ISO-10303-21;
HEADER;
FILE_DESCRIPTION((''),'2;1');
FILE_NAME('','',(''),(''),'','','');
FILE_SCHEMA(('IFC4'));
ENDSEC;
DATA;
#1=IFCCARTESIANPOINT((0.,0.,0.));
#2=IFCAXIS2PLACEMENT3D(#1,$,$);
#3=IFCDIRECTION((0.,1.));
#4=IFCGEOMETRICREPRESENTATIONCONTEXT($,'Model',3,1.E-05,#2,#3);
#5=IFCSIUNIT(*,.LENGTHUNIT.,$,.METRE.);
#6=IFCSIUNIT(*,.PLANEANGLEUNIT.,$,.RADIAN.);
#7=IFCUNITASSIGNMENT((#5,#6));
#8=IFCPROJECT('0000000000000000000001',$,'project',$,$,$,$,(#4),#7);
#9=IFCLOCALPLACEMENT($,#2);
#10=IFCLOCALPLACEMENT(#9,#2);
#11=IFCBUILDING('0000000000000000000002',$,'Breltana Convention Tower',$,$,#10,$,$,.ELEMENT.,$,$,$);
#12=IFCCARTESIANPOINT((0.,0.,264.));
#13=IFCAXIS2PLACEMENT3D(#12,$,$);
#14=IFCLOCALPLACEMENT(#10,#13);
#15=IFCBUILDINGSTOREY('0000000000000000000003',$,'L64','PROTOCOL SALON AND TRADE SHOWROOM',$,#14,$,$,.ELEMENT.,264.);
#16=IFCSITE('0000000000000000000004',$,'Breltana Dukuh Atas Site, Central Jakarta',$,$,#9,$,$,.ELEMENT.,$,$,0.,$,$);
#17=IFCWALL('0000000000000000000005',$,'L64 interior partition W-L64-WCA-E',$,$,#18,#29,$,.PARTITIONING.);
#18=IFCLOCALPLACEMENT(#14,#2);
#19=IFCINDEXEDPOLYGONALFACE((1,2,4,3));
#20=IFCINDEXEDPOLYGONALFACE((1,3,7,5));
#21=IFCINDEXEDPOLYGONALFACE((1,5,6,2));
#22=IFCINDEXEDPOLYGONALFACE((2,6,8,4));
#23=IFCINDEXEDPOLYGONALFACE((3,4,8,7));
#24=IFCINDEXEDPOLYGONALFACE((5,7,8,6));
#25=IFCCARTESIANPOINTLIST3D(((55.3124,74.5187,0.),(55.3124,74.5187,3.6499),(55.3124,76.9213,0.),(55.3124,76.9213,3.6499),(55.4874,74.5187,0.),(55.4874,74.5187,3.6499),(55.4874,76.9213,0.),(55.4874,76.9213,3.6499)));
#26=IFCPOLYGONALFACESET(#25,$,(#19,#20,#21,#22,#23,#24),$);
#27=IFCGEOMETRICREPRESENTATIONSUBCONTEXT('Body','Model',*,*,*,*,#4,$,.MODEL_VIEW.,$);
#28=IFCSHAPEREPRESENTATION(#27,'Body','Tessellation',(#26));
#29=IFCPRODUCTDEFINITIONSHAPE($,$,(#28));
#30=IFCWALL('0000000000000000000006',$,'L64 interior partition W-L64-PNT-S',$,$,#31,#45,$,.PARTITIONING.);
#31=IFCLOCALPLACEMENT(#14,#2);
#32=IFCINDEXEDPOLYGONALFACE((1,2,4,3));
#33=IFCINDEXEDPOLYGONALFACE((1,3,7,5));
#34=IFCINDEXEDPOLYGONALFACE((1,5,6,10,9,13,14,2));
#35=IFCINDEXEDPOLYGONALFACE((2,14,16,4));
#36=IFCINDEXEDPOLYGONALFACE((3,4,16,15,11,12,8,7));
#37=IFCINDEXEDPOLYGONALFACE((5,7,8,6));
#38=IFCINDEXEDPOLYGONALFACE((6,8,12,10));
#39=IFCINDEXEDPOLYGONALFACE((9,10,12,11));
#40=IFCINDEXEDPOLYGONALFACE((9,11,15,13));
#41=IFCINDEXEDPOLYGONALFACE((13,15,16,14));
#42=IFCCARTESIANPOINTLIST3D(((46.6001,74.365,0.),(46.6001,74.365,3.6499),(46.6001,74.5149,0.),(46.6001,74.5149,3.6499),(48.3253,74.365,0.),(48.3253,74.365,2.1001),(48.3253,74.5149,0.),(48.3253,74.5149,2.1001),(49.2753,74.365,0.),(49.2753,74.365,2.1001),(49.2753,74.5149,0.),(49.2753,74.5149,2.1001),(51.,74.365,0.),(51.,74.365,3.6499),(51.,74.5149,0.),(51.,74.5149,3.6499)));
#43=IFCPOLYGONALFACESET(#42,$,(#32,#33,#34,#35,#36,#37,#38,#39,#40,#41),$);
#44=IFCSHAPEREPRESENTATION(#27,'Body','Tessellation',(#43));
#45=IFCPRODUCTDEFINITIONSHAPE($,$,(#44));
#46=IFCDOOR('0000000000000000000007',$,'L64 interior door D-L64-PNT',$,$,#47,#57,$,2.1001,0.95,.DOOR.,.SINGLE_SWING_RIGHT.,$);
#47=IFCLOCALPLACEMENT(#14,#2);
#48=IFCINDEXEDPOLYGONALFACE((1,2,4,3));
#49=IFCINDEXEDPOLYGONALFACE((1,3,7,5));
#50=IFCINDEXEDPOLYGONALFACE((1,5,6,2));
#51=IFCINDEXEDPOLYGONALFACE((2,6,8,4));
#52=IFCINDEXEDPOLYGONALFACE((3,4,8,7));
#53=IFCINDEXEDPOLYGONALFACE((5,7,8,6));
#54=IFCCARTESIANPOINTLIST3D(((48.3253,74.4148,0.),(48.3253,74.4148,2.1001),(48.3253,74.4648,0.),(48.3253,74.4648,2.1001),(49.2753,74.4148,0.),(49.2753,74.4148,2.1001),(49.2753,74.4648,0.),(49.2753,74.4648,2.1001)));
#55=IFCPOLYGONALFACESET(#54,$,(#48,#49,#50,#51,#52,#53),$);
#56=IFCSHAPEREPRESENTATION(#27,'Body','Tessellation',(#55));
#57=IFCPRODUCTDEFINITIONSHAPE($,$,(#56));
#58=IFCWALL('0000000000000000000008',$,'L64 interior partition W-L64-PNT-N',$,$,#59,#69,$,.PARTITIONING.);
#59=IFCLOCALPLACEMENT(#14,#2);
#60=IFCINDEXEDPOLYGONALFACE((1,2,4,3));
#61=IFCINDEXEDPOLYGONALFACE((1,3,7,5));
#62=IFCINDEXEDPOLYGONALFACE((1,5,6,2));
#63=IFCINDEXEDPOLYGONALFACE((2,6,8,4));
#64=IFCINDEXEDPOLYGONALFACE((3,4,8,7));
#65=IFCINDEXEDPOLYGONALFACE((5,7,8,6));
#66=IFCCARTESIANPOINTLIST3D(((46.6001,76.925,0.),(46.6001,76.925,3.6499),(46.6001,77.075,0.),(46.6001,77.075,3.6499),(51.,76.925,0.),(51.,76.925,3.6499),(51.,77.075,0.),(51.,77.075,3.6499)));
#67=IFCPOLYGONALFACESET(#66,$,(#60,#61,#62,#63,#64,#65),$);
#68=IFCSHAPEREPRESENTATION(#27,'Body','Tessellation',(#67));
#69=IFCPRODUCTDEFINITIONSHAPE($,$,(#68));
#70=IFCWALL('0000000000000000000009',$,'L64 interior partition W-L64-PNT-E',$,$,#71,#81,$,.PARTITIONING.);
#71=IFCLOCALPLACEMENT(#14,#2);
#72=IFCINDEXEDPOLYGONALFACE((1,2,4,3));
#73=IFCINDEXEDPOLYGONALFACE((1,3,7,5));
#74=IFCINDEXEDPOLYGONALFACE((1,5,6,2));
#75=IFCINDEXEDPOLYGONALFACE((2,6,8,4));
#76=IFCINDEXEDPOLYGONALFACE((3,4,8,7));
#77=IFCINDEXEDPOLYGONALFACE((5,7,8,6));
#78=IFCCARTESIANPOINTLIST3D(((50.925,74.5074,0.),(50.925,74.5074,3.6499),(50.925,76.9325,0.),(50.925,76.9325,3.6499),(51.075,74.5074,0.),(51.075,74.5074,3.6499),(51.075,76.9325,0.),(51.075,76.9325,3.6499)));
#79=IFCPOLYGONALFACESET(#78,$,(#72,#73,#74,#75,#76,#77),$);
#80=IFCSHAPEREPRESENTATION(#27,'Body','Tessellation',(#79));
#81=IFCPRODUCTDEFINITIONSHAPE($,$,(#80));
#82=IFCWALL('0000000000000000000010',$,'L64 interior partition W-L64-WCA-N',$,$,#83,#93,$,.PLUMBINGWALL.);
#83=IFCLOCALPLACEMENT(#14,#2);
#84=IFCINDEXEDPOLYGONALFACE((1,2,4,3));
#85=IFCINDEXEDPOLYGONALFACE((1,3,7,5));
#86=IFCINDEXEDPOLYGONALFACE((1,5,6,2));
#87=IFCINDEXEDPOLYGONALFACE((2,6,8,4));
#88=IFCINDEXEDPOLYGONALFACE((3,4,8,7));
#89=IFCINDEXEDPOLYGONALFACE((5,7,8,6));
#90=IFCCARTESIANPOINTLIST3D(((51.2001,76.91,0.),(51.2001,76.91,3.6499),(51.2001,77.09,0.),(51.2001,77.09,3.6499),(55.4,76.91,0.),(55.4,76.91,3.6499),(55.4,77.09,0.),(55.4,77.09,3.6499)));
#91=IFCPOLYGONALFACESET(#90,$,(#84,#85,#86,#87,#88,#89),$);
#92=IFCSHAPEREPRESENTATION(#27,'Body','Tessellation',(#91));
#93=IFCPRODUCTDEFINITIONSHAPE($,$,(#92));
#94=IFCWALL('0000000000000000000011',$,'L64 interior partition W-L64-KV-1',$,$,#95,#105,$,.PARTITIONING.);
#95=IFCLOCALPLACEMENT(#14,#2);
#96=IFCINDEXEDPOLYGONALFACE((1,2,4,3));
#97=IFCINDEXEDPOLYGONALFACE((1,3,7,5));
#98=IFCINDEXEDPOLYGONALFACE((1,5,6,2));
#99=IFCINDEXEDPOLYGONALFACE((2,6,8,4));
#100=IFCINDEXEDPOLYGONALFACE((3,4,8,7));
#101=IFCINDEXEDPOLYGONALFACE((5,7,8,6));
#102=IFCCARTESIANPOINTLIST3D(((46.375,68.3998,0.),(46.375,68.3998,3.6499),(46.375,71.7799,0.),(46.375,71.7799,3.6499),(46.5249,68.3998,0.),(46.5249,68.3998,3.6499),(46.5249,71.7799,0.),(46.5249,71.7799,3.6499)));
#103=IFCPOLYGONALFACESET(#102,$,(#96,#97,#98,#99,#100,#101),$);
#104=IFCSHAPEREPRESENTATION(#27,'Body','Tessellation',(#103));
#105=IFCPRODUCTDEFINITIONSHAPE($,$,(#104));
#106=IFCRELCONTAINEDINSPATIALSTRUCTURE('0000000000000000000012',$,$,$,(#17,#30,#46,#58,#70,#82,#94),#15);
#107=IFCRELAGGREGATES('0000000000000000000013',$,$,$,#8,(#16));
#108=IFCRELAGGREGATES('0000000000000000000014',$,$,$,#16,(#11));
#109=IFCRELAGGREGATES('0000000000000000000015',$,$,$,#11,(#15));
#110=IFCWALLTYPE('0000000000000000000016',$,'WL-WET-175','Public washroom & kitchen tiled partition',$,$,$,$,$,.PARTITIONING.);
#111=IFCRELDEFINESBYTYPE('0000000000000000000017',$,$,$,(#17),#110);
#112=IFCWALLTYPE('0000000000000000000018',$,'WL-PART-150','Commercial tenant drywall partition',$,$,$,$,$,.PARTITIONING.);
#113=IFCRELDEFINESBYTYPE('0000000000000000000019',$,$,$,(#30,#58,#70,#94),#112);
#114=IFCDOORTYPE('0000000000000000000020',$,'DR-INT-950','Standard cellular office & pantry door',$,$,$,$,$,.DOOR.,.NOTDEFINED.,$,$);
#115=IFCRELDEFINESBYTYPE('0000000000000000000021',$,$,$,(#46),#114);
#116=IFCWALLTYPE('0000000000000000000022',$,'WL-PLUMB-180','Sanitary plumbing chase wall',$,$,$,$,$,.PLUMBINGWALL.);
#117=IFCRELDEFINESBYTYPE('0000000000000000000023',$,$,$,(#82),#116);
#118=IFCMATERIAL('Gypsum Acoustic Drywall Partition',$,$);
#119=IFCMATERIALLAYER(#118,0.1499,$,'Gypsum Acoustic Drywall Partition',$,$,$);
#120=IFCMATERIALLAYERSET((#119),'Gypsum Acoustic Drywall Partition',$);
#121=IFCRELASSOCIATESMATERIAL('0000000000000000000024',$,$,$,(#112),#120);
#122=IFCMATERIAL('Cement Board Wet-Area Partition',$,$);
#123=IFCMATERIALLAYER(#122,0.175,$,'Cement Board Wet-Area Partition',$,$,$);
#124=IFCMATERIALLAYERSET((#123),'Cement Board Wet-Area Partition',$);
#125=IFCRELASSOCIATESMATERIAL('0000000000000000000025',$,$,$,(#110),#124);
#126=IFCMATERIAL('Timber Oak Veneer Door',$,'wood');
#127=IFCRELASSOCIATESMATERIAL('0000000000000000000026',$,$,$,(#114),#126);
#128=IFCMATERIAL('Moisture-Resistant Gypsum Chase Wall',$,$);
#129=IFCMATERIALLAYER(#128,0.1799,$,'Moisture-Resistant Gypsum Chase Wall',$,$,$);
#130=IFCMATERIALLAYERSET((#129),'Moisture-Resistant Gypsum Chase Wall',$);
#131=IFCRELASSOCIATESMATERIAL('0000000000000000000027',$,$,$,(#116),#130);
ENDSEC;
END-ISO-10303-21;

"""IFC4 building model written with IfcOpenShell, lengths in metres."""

from ifc_helpers import new_model, si_unit, direction, frame, frame_2d, origin, place, context, subcontext, project, spatial, rectangle, extrude, source, transform, mapped, material, layer, layer_set, type_object, type_shapes, element, fill, save


model = new_model("IFC4")

# Units and contexts
model_context = context("Model", 3, precision=1e-05, world=origin(), true_north=direction((0.0, 1.0)))
body_context = subcontext(model_context, "Body", "Model", "MODEL_VIEW")
ifc_project = project(units=[si_unit("LENGTHUNIT", "METRE"), si_unit("PLANEANGLEUNIT", "RADIAN")], contexts=[model_context])

# Site, building, storey
site_placement = place(None, origin())
site = spatial("IfcSite", under=ifc_project, at=site_placement, Name="Breltana Dukuh Atas Site, Central Jakarta", CompositionType="ELEMENT", RefElevation=0.0)
building_placement = place(site_placement, origin())
building = spatial("IfcBuilding", under=site, at=building_placement, Name="Breltana Convention Tower", CompositionType="ELEMENT")
storey_placement = place(building_placement, frame((0.0, 0.0, 264.0)))
storey = spatial("IfcBuildingStorey", under=building, at=storey_placement, Name="L64", Description="PROTOCOL SALON AND TRADE SHOWROOM", CompositionType="ELEMENT", Elevation=264.0)

# Wall
ifc_material_1 = material(Name="Gypsum Acoustic Drywall Partition")
ifc_layer_1 = layer(ifc_material_1, 0.1499, Name="Gypsum Acoustic Drywall Partition")
ifc_layer_set_1 = layer_set([ifc_layer_1], Name="Gypsum Acoustic Drywall Partition")
wall_type_1 = type_object("IfcWallType", Name="WL-PART-150", Description="Commercial tenant drywall partition", PredefinedType="PARTITIONING", material=ifc_layer_set_1)
ifc_material_2 = material(Name="Cement Board Wet-Area Partition")
ifc_layer_2 = layer(ifc_material_2, 0.175, Name="Cement Board Wet-Area Partition")
ifc_layer_set_2 = layer_set([ifc_layer_2], Name="Cement Board Wet-Area Partition")
wall_type_2 = type_object("IfcWallType", Name="WL-WET-175", Description="Public washroom & kitchen tiled partition", PredefinedType="PARTITIONING", material=ifc_layer_set_2)
shared_shape_1 = source(origin(), body_context, "Body", "SweptSolid", [
    extrude(rectangle(XDim=2.4026, YDim=0.175, at=frame_2d((1.2012, 0.0))), origin(), (0.0, 0.0, 1.0), 3.6499),
])
for number, where, z_axis, x_axis, name in (
    (1, (55.3999, 74.5188, 0.0), (0.0, 0.0, 1.0), (0.0, 1.0, 0.0), "L64 interior partition W-L64-WCA-E"),
):
    element("IfcWall", number, at=place(storey_placement, frame(where, z_axis=z_axis, x_axis=x_axis)), inside=storey, type_object=wall_type_2, Name=name, PredefinedType="PARTITIONING", context=body_context, shape_type="MappedRepresentation", body=[
        mapped(shared_shape_1, transform((0.0, 0.0, 0.0), scale=1.0)),
    ])

# Wall, opening, door
shared_shape_2 = source(origin(), body_context, "Body", "SweptSolid", [
    extrude(rectangle(XDim=4.3999, YDim=0.1499, at=frame_2d((2.2, 0.0))), origin(), (0.0, 0.0, 1.0), 3.6499),
])
wall_1_placement = place(storey_placement, frame((46.6001, 74.4399, 0.0), z_axis=(0.0, 0.0, 1.0), x_axis=(1.0, 0.0, 0.0)))
wall_1 = element("IfcWall", 2, at=wall_1_placement, inside=storey, type_object=wall_type_1, Name="L64 interior partition W-L64-PNT-S", PredefinedType="PARTITIONING", context=body_context, shape_type="MappedRepresentation", body=[
    mapped(shared_shape_2, transform((0.0, 0.0, 0.0), scale=1.0)),
])
opening_1_placement = place(wall_1_placement, frame((1.7251, 0.0, 0.0)))
opening_1 = element("IfcOpeningElement", 3, at=opening_1_placement, cuts=wall_1, PredefinedType="OPENING", context=body_context, shape_type="SweptSolid", body=[
    extrude(rectangle(XDim=0.95, YDim=2.1001, at=frame_2d((0.4751, 1.05))), frame((0.0, 0.085, 0.0), z_axis=(0.0, -1.0, 0.0), x_axis=(1.0, 0.0, 0.0)), (0.0, 0.0, 1.0), 0.1699),
])
ifc_material_3 = material(Name="Timber Oak Veneer Door", Category="wood")
door_type_1 = type_object("IfcDoorType", Name="DR-INT-950", Description="Standard cellular office & pantry door", OperationType="NOTDEFINED", PredefinedType="DOOR", material=ifc_material_3)
shared_shape_3 = source(origin(), body_context, "Body", "SweptSolid", [
    extrude(rectangle(XDim=0.95, YDim=2.1001, at=frame_2d((0.4751, 1.05))), frame((0.0, 0.0249, 0.0), z_axis=(0.0, -1.0, 0.0), x_axis=(1.0, 0.0, 0.0)), (0.0, 0.0, 1.0), 0.05),
])
type_shapes(door_type_1, [shared_shape_3])
door_1_placement = place(opening_1_placement, origin())
door_1 = element("IfcDoor", 4, at=door_1_placement, inside=storey, type_object=door_type_1, Name="L64 interior door D-L64-PNT", OperationType="SINGLE_SWING_RIGHT", OverallHeight=2.1001, OverallWidth=0.95, PredefinedType="DOOR", context=body_context, shape_type="MappedRepresentation", body=[
    mapped(shared_shape_3, transform((0.0, 0.0, 0.0), scale=1.0)),
])
fill(opening_1, door_1)

# Walls
wall_2_placement = place(storey_placement, frame((46.6001, 77.0, 0.0), z_axis=(0.0, 0.0, 1.0), x_axis=(1.0, 0.0, 0.0)))
element("IfcWall", 5, at=wall_2_placement, inside=storey, type_object=wall_type_1, Name="L64 interior partition W-L64-PNT-N", PredefinedType="PARTITIONING", context=body_context, shape_type="MappedRepresentation", body=[
    mapped(shared_shape_2, transform((0.0, 0.0, 0.0), scale=1.0)),
])
shared_shape_4 = source(origin(), body_context, "Body", "SweptSolid", [
    extrude(rectangle(XDim=2.425, YDim=0.1499, at=frame_2d((1.2124, 0.0))), origin(), (0.0, 0.0, 1.0), 3.6499),
])
wall_3_placement = place(storey_placement, frame((51.0, 74.5076, 0.0), z_axis=(0.0, 0.0, 1.0), x_axis=(0.0, 1.0, 0.0)))
element("IfcWall", 6, at=wall_3_placement, inside=storey, type_object=wall_type_1, Name="L64 interior partition W-L64-PNT-E", PredefinedType="PARTITIONING", context=body_context, shape_type="MappedRepresentation", body=[
    mapped(shared_shape_4, transform((0.0, 0.0, 0.0), scale=1.0)),
])

# Walls
ifc_material_4 = material(Name="Moisture-Resistant Gypsum Chase Wall")
ifc_layer_3 = layer(ifc_material_4, 0.1799, Name="Moisture-Resistant Gypsum Chase Wall")
ifc_layer_set_3 = layer_set([ifc_layer_3], Name="Moisture-Resistant Gypsum Chase Wall")
wall_type_3 = type_object("IfcWallType", Name="WL-PLUMB-180", Description="Sanitary plumbing chase wall", PredefinedType="PLUMBINGWALL", material=ifc_layer_set_3)
shared_shape_5 = source(origin(), body_context, "Body", "SweptSolid", [
    extrude(rectangle(XDim=4.2, YDim=0.1799, at=frame_2d((2.1001, 0.0))), origin(), (0.0, 0.0, 1.0), 3.6499),
])
wall_4_placement = place(storey_placement, frame((51.2, 77.0, 0.0), z_axis=(0.0, 0.0, 1.0), x_axis=(1.0, 0.0, 0.0)))
element("IfcWall", 7, at=wall_4_placement, inside=storey, type_object=wall_type_3, Name="L64 interior partition W-L64-WCA-N", PredefinedType="PLUMBINGWALL", context=body_context, shape_type="MappedRepresentation", body=[
    mapped(shared_shape_5, transform((0.0, 0.0, 0.0), scale=1.0)),
])
shared_shape_6 = source(origin(), body_context, "Body", "SweptSolid", [
    extrude(rectangle(XDim=3.3801, YDim=0.1499, at=frame_2d((1.6899, 0.0))), origin(), (0.0, 0.0, 1.0), 3.6499),
])
wall_5_placement = place(storey_placement, frame((46.45, 68.3999, 0.0), z_axis=(0.0, 0.0, 1.0), x_axis=(0.0, 1.0, 0.0)))
element("IfcWall", 8, at=wall_5_placement, inside=storey, type_object=wall_type_1, Name="L64 interior partition W-L64-KV-1", PredefinedType="PARTITIONING", context=body_context, shape_type="MappedRepresentation", body=[
    mapped(shared_shape_6, transform((0.0, 0.0, 0.0), scale=1.0)),
])

save(model, "model.ifc")
